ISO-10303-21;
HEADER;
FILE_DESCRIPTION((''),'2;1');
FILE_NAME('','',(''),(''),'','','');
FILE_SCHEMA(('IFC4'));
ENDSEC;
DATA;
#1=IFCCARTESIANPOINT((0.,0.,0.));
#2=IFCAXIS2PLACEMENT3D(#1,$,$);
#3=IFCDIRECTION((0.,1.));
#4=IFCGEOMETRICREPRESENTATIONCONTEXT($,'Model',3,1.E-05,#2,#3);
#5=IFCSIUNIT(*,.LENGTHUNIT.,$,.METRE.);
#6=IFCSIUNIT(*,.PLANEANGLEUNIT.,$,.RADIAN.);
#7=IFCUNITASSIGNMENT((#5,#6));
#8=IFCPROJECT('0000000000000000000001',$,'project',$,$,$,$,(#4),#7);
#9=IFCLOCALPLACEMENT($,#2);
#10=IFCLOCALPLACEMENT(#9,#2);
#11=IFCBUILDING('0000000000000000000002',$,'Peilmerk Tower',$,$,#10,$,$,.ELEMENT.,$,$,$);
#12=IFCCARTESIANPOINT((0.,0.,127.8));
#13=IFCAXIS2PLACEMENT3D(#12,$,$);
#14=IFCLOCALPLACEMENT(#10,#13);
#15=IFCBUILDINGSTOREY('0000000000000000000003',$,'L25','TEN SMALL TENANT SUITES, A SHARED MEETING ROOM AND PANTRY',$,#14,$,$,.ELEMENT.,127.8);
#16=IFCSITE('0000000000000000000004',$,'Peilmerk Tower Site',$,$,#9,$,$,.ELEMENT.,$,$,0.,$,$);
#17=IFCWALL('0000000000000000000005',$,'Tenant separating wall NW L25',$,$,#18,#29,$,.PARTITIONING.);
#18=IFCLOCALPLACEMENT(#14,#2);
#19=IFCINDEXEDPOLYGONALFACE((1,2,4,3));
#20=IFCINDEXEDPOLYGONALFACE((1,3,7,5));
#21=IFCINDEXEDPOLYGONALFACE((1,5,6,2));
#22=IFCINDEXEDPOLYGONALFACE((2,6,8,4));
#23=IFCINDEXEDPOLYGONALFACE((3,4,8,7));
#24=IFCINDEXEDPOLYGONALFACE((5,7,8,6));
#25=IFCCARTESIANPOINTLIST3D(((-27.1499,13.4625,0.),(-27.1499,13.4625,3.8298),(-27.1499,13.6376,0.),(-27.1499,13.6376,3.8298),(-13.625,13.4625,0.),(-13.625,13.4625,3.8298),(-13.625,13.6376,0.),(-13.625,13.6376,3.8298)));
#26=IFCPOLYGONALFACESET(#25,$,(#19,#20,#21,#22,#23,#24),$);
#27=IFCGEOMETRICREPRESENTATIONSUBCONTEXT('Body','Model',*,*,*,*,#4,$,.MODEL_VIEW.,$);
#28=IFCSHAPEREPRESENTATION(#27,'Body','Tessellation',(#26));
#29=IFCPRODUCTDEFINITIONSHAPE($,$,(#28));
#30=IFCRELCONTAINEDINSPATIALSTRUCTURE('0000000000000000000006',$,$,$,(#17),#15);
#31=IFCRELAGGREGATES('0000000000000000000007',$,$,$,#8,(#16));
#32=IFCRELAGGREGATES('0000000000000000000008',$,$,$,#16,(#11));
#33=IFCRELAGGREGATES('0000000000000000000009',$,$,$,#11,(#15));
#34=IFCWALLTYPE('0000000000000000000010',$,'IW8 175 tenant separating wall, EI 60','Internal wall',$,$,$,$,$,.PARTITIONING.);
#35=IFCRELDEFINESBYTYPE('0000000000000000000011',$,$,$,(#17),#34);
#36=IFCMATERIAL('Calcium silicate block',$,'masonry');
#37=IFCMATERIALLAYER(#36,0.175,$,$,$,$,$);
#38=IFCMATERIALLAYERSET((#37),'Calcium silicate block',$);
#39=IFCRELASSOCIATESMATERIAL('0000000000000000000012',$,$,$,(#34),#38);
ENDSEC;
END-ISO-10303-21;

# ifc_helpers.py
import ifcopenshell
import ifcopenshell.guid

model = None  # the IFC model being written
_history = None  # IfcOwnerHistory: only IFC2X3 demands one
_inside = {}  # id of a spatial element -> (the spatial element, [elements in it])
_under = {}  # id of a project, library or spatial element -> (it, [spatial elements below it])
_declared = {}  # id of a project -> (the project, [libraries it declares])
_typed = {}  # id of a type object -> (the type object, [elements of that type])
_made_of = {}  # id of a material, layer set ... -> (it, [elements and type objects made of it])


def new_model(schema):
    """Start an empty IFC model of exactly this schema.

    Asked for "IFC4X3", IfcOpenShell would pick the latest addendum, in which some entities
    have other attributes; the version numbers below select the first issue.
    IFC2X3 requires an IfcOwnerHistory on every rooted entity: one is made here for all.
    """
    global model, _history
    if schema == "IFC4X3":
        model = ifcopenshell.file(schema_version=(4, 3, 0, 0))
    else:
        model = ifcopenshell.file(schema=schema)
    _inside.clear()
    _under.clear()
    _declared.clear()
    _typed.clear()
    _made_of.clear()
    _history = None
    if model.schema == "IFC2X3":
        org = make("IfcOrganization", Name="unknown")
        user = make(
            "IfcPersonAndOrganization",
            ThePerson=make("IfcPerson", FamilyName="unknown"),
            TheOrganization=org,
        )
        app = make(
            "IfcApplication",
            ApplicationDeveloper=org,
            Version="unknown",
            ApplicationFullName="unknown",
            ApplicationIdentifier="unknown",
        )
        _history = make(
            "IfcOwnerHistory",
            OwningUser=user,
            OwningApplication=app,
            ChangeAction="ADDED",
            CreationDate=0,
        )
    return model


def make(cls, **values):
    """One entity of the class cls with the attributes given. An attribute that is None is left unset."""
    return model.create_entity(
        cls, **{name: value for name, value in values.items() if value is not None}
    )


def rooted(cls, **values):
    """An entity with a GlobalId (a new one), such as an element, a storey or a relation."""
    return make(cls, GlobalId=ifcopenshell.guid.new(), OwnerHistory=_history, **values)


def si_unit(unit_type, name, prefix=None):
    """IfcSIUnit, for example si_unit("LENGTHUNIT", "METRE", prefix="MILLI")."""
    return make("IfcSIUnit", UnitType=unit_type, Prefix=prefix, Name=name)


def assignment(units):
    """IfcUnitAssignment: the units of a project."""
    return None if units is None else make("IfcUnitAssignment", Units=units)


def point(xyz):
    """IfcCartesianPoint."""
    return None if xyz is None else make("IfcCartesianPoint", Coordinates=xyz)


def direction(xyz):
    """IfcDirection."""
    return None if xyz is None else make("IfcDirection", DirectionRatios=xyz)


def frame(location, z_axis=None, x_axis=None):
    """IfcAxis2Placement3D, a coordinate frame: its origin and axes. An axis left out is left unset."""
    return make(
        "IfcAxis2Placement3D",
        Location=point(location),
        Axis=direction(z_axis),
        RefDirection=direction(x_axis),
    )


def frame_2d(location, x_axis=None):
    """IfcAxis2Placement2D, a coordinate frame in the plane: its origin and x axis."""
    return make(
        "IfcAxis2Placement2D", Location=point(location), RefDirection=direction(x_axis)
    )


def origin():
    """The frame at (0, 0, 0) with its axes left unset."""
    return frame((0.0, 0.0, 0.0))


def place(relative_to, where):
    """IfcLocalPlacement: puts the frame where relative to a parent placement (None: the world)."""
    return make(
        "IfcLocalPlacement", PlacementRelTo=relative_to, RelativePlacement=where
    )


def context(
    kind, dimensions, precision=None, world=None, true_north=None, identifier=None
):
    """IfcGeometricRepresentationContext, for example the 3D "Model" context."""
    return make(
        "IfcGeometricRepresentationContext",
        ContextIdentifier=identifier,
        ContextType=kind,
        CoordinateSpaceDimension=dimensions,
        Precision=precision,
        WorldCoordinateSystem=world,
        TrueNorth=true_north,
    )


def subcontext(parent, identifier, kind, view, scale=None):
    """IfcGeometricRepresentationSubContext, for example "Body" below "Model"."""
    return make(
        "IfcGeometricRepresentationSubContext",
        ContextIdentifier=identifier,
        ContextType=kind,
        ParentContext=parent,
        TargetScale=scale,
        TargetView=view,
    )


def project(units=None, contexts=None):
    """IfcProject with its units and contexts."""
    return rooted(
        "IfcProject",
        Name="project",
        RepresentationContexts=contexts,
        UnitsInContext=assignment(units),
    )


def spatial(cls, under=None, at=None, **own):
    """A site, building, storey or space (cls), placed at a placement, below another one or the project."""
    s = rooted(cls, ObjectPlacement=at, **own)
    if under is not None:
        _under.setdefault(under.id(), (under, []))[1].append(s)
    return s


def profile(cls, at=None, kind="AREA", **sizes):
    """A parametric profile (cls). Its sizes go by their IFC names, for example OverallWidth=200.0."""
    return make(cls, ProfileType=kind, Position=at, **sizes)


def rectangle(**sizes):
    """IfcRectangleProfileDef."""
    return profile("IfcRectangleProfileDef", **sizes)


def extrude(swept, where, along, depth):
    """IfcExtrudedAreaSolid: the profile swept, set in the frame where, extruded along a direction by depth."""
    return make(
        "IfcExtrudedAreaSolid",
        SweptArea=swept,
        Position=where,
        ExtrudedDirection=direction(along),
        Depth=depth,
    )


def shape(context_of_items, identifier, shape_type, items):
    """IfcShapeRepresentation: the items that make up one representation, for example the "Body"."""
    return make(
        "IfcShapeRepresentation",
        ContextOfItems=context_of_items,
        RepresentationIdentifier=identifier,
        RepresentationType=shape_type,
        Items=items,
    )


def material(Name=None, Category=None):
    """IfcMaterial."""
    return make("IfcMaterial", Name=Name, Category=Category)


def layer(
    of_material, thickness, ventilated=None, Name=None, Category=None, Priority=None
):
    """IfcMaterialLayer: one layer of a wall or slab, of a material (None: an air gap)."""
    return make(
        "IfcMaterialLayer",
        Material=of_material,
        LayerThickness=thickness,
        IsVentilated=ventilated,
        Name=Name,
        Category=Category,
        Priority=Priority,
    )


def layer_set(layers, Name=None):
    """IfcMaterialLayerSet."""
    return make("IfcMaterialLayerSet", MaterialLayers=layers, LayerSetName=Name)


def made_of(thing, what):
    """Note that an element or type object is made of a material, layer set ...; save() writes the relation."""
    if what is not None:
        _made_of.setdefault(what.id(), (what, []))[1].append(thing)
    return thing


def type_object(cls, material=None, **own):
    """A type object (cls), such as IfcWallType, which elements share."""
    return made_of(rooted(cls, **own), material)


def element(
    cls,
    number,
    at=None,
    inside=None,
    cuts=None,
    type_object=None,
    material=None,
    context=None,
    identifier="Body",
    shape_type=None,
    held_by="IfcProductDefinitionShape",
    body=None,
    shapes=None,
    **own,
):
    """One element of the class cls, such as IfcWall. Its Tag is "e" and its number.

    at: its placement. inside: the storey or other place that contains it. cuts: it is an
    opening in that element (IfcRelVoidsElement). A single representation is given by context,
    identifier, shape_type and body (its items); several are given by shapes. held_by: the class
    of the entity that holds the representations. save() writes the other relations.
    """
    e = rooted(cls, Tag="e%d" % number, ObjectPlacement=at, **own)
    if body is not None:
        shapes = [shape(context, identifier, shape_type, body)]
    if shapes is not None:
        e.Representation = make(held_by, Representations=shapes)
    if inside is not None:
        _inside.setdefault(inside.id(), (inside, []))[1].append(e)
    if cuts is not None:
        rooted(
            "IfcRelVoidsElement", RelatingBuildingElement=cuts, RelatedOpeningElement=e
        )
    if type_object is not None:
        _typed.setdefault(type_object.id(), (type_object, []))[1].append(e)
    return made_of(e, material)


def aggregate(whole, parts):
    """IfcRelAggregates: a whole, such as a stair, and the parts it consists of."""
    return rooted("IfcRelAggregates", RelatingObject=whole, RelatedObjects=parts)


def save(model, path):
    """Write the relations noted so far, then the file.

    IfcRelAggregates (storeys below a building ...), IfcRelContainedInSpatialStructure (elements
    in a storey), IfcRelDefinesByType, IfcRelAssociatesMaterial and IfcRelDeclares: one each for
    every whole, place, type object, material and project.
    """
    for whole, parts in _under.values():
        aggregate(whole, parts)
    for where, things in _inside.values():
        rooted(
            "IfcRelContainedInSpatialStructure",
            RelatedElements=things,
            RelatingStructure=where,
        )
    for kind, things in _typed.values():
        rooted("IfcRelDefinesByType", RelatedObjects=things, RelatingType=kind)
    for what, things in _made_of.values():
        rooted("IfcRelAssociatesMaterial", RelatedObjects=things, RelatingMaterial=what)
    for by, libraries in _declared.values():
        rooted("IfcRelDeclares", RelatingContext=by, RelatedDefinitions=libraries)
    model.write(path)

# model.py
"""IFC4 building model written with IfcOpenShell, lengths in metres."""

from ifc_helpers import new_model, si_unit, direction, frame, frame_2d, origin, place, context, subcontext, project, spatial, rectangle, extrude, material, layer, layer_set, type_object, element, save


model = new_model("IFC4")

# Units and contexts
model_context = context("Model", 3, precision=1e-05, world=origin(), true_north=direction((0.0, 1.0)))
body_context = subcontext(model_context, "Body", "Model", "MODEL_VIEW")
ifc_project = project(units=[si_unit("LENGTHUNIT", "METRE"), si_unit("PLANEANGLEUNIT", "RADIAN")], contexts=[model_context])

# Site, building, storey
site_placement = place(None, origin())
site = spatial("IfcSite", under=ifc_project, at=site_placement, Name="Peilmerk Tower Site", CompositionType="ELEMENT", RefElevation=0.0)
building_placement = place(site_placement, origin())
building = spatial("IfcBuilding", under=site, at=building_placement, Name="Peilmerk Tower", CompositionType="ELEMENT")
storey_placement = place(building_placement, frame((0.0, 0.0, 127.8)))
storey = spatial("IfcBuildingStorey", under=building, at=storey_placement, Name="L25", Description="TEN SMALL TENANT SUITES, A SHARED MEETING ROOM AND PANTRY", CompositionType="ELEMENT", Elevation=127.8)

# Wall
ifc_material_1 = material(Name="Calcium silicate block", Category="masonry")
ifc_layer_1 = layer(ifc_material_1, 0.175)
ifc_layer_set_1 = layer_set([ifc_layer_1], Name="Calcium silicate block")
wall_type_1 = type_object("IfcWallType", Name="IW8 175 tenant separating wall, EI 60", Description="Internal wall", PredefinedType="PARTITIONING", material=ifc_layer_set_1)
wall_1_placement = place(storey_placement, frame((-27.1499, 13.55, 0.0), z_axis=(0.0, 0.0, 1.0), x_axis=(1.0, 0.0, 0.0)))
element("IfcWall", 1, at=wall_1_placement, inside=storey, type_object=wall_type_1, Name="Tenant separating wall NW L25", PredefinedType="PARTITIONING", context=body_context, shape_type="SweptSolid", body=[
    extrude(rectangle(XDim=13.5249, YDim=0.175, at=frame_2d((6.7625, 0.0))), origin(), (0.0, 0.0, 1.0), 3.8298),
])

save(model, "model.ifc")
